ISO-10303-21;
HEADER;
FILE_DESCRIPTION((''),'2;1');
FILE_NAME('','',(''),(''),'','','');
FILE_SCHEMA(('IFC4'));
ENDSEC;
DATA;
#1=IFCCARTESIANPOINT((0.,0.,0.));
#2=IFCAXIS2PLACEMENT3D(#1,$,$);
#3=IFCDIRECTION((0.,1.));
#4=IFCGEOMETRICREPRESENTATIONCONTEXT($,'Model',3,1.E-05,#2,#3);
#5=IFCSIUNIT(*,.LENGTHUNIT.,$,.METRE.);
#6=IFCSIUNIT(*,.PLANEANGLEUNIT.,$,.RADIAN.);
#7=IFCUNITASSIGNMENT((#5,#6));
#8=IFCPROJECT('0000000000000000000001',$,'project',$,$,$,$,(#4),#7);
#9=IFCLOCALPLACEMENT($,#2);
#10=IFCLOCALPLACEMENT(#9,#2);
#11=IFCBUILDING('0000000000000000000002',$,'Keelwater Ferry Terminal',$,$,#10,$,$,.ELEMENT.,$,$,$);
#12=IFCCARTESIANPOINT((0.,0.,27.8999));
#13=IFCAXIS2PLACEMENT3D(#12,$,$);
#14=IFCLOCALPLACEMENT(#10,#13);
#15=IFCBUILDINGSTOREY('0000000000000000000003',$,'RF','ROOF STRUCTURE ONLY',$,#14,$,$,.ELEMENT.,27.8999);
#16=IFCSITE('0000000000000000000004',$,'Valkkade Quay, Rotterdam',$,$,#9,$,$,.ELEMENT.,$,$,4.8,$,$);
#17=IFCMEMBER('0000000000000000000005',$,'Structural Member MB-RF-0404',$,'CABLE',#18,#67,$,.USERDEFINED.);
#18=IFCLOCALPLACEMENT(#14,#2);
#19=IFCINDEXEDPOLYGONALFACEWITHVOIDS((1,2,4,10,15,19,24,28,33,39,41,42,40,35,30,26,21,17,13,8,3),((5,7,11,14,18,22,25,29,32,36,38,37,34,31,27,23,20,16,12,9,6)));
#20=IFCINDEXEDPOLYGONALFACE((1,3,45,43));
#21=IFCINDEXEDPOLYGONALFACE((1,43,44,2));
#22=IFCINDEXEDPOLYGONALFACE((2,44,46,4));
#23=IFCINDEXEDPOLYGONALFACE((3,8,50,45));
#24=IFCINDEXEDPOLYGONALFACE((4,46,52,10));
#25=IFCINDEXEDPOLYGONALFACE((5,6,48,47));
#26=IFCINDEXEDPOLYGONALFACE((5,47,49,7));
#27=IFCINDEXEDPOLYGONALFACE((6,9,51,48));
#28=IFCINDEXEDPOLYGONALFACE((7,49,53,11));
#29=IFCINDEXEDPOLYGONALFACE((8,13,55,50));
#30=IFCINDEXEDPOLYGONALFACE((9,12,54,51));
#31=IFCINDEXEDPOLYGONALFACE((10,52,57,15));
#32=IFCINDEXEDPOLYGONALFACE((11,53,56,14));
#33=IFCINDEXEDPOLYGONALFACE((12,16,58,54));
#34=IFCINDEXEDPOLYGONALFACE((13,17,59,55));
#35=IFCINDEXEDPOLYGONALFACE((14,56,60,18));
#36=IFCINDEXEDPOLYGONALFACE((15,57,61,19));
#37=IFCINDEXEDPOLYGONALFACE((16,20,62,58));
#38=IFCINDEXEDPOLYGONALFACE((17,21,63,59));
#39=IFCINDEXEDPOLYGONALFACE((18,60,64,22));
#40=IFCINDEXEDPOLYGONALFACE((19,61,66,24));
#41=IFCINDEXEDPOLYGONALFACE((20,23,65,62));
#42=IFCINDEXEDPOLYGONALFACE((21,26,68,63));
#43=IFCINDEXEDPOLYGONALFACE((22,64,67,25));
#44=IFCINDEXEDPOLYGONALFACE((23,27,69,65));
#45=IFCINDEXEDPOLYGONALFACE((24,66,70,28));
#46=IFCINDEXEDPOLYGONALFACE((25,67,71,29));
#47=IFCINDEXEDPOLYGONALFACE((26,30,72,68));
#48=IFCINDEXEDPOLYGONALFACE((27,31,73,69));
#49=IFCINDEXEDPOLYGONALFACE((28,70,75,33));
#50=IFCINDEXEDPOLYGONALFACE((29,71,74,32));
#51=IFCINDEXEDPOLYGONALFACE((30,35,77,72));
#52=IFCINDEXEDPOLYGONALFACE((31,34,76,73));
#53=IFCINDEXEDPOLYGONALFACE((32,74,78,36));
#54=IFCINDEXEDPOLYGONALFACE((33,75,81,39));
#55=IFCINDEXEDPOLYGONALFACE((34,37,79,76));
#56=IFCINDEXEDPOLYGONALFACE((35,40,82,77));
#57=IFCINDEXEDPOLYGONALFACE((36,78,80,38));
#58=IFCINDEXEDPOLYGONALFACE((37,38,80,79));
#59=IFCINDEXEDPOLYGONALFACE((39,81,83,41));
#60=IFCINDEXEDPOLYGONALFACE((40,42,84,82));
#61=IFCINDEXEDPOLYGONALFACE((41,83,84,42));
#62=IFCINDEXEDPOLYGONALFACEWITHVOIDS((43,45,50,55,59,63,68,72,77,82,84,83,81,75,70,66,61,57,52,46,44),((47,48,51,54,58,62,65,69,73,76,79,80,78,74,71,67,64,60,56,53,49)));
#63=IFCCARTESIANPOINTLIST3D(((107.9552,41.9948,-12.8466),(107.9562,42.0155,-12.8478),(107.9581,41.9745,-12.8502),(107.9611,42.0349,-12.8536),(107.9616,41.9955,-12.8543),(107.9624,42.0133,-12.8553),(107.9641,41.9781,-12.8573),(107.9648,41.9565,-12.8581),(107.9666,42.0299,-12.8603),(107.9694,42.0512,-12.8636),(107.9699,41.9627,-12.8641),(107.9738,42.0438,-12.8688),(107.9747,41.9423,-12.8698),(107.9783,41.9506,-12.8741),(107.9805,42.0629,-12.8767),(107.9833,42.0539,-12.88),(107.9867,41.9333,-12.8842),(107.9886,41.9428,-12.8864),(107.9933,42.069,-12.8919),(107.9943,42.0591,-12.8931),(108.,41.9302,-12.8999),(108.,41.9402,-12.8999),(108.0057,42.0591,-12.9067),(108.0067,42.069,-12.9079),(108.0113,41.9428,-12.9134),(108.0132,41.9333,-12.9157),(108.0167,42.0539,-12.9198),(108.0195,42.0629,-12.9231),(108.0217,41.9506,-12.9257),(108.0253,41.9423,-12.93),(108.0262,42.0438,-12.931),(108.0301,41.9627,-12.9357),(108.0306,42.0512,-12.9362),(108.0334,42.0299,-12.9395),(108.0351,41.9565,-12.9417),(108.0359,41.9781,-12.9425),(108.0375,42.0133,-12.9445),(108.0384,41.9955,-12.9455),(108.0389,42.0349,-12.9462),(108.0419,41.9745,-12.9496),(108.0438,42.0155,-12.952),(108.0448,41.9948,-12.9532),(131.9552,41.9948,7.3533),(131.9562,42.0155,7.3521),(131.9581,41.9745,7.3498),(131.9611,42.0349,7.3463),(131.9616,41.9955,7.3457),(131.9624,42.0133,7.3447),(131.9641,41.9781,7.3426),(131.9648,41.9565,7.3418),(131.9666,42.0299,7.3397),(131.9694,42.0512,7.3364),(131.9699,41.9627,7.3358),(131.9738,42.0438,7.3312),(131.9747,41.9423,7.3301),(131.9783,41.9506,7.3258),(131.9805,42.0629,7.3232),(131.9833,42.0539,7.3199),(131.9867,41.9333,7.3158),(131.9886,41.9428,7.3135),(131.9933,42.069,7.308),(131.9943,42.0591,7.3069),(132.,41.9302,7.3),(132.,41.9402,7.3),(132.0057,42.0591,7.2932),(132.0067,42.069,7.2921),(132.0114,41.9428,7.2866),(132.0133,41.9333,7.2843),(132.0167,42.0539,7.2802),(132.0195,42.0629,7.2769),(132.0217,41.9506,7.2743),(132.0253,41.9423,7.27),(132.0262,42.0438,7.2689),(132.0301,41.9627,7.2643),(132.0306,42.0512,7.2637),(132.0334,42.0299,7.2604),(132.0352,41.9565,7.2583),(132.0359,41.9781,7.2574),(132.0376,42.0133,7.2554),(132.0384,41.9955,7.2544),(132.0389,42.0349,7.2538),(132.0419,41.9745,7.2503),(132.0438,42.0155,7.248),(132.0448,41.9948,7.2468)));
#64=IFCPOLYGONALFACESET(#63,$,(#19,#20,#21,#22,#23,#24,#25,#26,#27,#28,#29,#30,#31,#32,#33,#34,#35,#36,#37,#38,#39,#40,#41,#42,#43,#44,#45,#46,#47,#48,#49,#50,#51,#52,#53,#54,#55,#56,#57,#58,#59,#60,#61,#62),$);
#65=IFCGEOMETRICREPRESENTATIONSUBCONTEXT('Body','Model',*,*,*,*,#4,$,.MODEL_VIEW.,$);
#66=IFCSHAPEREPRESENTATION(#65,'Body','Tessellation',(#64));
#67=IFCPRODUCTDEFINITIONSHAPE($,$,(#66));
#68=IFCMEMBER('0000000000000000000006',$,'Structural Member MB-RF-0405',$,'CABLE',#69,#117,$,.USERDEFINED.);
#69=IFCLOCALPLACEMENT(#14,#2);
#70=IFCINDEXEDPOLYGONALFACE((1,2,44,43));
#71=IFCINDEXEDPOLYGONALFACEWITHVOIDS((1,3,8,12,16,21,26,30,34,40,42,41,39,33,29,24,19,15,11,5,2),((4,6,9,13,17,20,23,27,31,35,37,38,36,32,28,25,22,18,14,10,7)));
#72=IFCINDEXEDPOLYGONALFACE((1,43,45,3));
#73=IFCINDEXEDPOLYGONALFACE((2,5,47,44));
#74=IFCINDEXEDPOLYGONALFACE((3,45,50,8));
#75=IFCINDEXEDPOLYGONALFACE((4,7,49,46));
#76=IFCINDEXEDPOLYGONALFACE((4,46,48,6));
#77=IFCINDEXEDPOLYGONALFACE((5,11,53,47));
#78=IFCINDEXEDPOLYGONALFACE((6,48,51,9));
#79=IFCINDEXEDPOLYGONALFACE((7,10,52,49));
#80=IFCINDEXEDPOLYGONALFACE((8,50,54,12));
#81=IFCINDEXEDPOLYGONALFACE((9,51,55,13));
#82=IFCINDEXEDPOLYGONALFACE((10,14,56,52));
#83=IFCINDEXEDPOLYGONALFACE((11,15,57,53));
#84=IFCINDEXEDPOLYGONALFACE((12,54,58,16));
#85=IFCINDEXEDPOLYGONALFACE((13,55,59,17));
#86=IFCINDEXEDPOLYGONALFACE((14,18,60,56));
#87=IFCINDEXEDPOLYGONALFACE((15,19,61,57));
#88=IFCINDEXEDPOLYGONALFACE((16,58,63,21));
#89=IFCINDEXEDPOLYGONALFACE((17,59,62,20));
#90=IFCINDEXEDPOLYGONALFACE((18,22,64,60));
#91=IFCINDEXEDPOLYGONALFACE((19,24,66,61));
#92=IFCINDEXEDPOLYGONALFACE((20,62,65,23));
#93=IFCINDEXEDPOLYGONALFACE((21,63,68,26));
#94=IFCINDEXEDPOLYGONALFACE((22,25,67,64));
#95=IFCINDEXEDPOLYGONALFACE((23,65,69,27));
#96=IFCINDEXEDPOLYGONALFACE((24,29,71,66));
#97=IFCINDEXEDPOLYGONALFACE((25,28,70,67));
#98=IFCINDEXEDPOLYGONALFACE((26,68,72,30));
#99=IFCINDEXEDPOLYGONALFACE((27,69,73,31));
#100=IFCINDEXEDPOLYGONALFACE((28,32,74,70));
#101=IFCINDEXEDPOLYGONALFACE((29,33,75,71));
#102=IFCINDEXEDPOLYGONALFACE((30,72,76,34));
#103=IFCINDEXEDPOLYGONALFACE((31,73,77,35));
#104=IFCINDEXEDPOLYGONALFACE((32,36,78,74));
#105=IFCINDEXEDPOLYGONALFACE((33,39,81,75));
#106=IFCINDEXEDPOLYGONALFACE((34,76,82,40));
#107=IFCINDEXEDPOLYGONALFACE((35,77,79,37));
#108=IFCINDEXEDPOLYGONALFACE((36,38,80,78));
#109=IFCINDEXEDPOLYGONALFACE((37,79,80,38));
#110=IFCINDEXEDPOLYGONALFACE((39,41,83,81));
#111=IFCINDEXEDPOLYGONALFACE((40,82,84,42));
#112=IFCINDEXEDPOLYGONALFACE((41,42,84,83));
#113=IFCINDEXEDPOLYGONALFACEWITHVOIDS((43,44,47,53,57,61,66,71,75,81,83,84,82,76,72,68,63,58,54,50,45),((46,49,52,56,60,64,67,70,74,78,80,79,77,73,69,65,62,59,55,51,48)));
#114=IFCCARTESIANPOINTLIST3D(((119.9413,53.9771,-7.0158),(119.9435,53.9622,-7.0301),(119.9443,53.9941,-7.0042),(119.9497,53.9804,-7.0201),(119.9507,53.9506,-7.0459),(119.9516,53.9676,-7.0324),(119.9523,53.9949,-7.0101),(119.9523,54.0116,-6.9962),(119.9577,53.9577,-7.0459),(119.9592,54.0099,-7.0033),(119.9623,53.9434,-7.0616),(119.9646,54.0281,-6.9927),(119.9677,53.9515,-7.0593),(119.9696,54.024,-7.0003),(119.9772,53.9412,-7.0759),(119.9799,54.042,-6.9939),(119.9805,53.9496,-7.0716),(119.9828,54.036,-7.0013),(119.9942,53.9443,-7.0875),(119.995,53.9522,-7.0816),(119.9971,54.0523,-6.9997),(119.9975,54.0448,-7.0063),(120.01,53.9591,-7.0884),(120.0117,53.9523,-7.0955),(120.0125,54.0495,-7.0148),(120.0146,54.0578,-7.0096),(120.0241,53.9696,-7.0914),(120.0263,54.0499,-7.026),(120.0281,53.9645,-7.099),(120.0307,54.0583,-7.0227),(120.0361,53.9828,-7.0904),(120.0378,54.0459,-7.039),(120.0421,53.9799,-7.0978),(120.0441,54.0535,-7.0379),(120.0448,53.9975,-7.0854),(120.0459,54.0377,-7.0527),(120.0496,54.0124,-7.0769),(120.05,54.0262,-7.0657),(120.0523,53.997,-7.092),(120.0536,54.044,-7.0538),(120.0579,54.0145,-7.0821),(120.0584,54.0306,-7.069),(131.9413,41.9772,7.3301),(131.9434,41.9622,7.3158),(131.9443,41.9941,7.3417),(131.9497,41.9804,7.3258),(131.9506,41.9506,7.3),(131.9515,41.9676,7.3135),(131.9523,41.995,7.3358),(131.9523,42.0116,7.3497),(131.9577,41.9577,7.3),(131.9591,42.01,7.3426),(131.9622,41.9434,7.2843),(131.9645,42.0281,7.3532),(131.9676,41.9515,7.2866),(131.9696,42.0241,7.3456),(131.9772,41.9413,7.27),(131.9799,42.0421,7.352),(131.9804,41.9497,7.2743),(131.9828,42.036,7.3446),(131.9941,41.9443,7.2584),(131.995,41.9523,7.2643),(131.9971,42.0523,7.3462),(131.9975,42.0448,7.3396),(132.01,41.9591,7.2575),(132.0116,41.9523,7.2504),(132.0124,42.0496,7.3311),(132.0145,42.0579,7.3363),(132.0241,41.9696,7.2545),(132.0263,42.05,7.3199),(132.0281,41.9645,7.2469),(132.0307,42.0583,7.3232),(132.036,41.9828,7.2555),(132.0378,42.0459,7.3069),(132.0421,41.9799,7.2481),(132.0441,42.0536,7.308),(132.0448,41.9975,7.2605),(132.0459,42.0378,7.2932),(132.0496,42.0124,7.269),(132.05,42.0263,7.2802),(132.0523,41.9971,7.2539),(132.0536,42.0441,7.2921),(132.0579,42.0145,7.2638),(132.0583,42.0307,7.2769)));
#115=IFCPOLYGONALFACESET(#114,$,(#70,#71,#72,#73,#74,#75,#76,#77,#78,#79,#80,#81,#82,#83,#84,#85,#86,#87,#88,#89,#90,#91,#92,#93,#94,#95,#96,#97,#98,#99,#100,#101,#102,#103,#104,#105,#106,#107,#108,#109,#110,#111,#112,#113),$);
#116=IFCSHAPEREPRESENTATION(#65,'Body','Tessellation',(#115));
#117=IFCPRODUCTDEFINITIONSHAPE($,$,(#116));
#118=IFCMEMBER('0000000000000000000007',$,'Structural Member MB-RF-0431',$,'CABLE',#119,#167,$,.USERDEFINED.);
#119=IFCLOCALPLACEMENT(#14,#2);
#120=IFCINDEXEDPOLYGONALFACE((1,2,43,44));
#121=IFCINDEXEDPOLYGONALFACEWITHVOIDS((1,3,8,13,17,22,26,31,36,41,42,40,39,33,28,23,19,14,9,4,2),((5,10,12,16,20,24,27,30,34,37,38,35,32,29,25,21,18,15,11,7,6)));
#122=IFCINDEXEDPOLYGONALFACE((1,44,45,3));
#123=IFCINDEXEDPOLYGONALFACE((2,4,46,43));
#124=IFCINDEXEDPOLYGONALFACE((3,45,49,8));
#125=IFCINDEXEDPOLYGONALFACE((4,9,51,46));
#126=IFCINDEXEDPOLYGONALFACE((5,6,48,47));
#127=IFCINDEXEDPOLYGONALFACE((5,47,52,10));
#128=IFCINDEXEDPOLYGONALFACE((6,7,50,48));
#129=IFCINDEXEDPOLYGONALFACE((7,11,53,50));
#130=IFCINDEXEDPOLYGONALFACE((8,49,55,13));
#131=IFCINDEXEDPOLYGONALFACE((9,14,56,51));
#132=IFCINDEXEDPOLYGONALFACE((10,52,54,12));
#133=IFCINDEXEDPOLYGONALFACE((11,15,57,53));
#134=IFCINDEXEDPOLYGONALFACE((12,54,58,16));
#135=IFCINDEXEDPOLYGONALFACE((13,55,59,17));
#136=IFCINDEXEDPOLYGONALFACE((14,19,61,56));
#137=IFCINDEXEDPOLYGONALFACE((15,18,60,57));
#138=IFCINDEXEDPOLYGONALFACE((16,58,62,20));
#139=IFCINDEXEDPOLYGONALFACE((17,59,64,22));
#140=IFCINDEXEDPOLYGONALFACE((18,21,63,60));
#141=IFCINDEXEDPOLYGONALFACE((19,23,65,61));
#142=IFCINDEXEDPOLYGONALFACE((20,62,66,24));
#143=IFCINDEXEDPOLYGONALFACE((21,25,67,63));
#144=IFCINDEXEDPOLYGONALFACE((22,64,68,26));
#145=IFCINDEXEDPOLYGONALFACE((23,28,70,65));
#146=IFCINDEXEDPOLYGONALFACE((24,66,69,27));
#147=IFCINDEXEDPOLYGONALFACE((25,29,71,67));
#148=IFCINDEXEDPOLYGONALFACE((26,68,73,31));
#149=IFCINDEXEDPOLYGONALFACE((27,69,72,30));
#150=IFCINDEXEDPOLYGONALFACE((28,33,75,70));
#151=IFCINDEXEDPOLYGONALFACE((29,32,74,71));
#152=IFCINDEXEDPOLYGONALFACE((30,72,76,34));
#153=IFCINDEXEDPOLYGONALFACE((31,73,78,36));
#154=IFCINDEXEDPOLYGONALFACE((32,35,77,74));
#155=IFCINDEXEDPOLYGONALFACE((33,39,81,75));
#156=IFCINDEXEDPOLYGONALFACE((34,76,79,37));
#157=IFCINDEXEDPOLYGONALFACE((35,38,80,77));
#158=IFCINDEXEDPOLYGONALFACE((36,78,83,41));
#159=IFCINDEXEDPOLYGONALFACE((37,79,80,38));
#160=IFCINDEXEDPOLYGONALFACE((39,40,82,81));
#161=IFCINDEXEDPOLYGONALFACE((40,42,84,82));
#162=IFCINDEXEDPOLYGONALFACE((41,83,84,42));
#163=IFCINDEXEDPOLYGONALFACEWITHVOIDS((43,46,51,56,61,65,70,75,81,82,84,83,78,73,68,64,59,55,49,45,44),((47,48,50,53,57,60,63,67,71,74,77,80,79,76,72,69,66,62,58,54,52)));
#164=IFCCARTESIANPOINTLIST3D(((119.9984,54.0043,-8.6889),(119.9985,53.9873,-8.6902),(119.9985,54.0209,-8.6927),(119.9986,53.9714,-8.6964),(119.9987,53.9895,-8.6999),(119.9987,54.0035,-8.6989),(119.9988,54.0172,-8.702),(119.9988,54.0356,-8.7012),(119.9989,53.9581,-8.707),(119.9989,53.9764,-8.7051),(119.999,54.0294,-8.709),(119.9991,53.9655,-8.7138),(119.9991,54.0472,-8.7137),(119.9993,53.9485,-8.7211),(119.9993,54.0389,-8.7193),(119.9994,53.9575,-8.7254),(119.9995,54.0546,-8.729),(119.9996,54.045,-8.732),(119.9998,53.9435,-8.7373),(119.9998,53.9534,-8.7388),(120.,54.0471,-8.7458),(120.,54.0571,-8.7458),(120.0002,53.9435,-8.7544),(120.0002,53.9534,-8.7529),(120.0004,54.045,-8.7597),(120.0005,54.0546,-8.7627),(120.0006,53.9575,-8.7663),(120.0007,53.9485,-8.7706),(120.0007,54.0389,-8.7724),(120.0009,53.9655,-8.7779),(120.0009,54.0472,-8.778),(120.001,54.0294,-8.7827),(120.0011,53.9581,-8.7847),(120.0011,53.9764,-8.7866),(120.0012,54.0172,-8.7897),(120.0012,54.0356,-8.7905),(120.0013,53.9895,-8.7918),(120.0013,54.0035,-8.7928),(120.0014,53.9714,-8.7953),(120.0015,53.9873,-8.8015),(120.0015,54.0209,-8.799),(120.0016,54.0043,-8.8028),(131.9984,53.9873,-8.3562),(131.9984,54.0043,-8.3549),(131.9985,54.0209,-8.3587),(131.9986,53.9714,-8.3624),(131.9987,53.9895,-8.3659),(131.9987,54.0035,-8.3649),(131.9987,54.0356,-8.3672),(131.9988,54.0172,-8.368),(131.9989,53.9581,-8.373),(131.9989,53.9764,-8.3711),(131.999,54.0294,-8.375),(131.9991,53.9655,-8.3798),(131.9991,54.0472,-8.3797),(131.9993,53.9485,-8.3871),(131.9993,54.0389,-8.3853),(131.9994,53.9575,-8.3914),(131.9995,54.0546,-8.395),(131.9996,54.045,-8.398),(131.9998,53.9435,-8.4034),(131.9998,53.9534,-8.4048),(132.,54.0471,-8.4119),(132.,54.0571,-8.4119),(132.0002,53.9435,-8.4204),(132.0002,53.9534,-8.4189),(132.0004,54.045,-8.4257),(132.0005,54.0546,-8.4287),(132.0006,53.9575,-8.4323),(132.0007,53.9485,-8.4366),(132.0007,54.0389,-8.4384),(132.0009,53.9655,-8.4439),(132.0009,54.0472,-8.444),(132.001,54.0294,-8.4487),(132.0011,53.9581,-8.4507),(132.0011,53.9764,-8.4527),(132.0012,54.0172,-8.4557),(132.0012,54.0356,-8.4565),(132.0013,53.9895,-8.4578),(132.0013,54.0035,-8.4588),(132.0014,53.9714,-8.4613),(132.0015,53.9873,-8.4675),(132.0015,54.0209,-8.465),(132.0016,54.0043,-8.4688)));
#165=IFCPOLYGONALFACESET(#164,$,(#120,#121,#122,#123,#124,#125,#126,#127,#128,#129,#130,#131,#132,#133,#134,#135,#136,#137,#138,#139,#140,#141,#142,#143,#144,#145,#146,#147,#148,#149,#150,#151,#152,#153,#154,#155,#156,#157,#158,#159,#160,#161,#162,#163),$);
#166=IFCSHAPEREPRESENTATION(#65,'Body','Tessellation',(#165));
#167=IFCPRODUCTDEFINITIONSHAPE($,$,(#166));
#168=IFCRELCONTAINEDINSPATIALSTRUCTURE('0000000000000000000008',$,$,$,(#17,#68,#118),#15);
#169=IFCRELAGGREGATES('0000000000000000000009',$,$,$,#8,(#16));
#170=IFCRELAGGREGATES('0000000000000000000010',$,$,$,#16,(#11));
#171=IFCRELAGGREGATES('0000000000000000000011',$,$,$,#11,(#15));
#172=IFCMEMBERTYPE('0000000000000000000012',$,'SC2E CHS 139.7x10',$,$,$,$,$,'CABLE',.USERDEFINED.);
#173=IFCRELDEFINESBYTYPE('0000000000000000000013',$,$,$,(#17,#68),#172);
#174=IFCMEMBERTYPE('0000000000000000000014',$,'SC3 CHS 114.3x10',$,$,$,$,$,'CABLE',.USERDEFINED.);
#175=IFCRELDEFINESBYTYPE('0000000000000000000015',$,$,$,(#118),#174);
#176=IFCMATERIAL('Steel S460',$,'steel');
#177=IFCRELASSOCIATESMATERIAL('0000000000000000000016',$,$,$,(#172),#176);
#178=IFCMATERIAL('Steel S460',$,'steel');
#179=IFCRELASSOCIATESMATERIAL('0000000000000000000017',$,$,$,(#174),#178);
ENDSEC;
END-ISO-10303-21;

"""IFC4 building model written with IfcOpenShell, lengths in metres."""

from ifc_helpers import new_model, si_unit, direction, frame, origin, origin_2d, place, context, subcontext, project, spatial, hollow_circle, extrude, material, material_profile, profile_set, type_object, element, save


model = new_model("IFC4")

# Units and contexts
model_context = context("Model", 3, precision=1e-05, world=origin(), true_north=direction((0.0, 1.0)))
body_context = subcontext(model_context, "Body", "Model", "MODEL_VIEW")
ifc_project = project(units=[si_unit("LENGTHUNIT", "METRE"), si_unit("PLANEANGLEUNIT", "RADIAN")], contexts=[model_context])

# Site, building, storey
site_placement = place(None, origin())
site = spatial("IfcSite", under=ifc_project, at=site_placement, Name="Valkkade Quay, Rotterdam", CompositionType="ELEMENT", RefElevation=4.8)
building_placement = place(site_placement, origin())
building = spatial("IfcBuilding", under=site, at=building_placement, Name="Keelwater Ferry Terminal", CompositionType="ELEMENT")
storey_placement = place(building_placement, frame((0.0, 0.0, 27.8999)))
storey = spatial("IfcBuildingStorey", under=building, at=storey_placement, Name="RF", Description="ROOF STRUCTURE ONLY", CompositionType="ELEMENT", Elevation=27.8999)

# Members
ifc_material_1 = material(Name="Steel S460", Category="steel")
ifc_material_profile_1 = material_profile(ifc_material_1, hollow_circle(Radius=0.0698, WallThickness=0.01, at=origin_2d()), Name="CHS 139.7x10")
ifc_profile_set_1 = profile_set([ifc_material_profile_1], Name="Steel S460")
member_type_1 = type_object("IfcMemberType", Name="SC2E CHS 139.7x10", ElementType="CABLE", PredefinedType="USERDEFINED", material=ifc_profile_set_1)
member_1_placement = place(storey_placement, frame((132.0, 42.0, 7.3), z_axis=(-0.765077, 0.0, -0.643938), x_axis=(0.0, -1.0, 0.0)))
element("IfcMember", 1, at=member_1_placement, inside=storey, type_object=member_type_1, Name="Structural Member MB-RF-0404", ObjectType="CABLE", PredefinedType="USERDEFINED", context=body_context, shape_type="SweptSolid", body=[
    extrude(hollow_circle(Radius=0.0698, WallThickness=0.01, at=origin_2d()), origin(), (0.0, 0.0, 1.0), 31.3694),
])
member_2_placement = place(storey_placement, frame((132.0, 42.0, 7.3), z_axis=(-0.540011, 0.540011, -0.645581), x_axis=(-0.707107, -0.707107, 0.0)))
element("IfcMember", 2, at=member_2_placement, inside=storey, type_object=member_type_1, Name="Structural Member MB-RF-0405", ObjectType="CABLE", PredefinedType="USERDEFINED", context=body_context, shape_type="SweptSolid", body=[
    extrude(hollow_circle(Radius=0.0698, WallThickness=0.01, at=origin_2d()), origin(), (0.0, 0.0, 1.0), 22.2217),
])
ifc_material_2 = material(Name="Steel S460", Category="steel")
ifc_material_profile_2 = material_profile(ifc_material_2, hollow_circle(Radius=0.0571, WallThickness=0.01, at=origin_2d()), Name="CHS 114.3x10")
ifc_profile_set_2 = profile_set([ifc_material_profile_2], Name="Steel S460")
member_type_2 = type_object("IfcMemberType", Name="SC3 CHS 114.3x10", ElementType="CABLE", PredefinedType="USERDEFINED", material=ifc_profile_set_2)
member_3_placement = place(storey_placement, frame((120.0, 54.0, -8.7458), z_axis=(0.999613, 0.0, 0.027821), x_axis=(0.0, 1.0, 0.0)))
element("IfcMember", 3, at=member_3_placement, inside=storey, type_object=member_type_2, Name="Structural Member MB-RF-0431", ObjectType="CABLE", PredefinedType="USERDEFINED", context=body_context, shape_type="SweptSolid", body=[
    extrude(hollow_circle(Radius=0.0571, WallThickness=0.01, at=origin_2d()), origin(), (0.0, 0.0, 1.0), 12.0046),
])

save(model, "model.ifc")
